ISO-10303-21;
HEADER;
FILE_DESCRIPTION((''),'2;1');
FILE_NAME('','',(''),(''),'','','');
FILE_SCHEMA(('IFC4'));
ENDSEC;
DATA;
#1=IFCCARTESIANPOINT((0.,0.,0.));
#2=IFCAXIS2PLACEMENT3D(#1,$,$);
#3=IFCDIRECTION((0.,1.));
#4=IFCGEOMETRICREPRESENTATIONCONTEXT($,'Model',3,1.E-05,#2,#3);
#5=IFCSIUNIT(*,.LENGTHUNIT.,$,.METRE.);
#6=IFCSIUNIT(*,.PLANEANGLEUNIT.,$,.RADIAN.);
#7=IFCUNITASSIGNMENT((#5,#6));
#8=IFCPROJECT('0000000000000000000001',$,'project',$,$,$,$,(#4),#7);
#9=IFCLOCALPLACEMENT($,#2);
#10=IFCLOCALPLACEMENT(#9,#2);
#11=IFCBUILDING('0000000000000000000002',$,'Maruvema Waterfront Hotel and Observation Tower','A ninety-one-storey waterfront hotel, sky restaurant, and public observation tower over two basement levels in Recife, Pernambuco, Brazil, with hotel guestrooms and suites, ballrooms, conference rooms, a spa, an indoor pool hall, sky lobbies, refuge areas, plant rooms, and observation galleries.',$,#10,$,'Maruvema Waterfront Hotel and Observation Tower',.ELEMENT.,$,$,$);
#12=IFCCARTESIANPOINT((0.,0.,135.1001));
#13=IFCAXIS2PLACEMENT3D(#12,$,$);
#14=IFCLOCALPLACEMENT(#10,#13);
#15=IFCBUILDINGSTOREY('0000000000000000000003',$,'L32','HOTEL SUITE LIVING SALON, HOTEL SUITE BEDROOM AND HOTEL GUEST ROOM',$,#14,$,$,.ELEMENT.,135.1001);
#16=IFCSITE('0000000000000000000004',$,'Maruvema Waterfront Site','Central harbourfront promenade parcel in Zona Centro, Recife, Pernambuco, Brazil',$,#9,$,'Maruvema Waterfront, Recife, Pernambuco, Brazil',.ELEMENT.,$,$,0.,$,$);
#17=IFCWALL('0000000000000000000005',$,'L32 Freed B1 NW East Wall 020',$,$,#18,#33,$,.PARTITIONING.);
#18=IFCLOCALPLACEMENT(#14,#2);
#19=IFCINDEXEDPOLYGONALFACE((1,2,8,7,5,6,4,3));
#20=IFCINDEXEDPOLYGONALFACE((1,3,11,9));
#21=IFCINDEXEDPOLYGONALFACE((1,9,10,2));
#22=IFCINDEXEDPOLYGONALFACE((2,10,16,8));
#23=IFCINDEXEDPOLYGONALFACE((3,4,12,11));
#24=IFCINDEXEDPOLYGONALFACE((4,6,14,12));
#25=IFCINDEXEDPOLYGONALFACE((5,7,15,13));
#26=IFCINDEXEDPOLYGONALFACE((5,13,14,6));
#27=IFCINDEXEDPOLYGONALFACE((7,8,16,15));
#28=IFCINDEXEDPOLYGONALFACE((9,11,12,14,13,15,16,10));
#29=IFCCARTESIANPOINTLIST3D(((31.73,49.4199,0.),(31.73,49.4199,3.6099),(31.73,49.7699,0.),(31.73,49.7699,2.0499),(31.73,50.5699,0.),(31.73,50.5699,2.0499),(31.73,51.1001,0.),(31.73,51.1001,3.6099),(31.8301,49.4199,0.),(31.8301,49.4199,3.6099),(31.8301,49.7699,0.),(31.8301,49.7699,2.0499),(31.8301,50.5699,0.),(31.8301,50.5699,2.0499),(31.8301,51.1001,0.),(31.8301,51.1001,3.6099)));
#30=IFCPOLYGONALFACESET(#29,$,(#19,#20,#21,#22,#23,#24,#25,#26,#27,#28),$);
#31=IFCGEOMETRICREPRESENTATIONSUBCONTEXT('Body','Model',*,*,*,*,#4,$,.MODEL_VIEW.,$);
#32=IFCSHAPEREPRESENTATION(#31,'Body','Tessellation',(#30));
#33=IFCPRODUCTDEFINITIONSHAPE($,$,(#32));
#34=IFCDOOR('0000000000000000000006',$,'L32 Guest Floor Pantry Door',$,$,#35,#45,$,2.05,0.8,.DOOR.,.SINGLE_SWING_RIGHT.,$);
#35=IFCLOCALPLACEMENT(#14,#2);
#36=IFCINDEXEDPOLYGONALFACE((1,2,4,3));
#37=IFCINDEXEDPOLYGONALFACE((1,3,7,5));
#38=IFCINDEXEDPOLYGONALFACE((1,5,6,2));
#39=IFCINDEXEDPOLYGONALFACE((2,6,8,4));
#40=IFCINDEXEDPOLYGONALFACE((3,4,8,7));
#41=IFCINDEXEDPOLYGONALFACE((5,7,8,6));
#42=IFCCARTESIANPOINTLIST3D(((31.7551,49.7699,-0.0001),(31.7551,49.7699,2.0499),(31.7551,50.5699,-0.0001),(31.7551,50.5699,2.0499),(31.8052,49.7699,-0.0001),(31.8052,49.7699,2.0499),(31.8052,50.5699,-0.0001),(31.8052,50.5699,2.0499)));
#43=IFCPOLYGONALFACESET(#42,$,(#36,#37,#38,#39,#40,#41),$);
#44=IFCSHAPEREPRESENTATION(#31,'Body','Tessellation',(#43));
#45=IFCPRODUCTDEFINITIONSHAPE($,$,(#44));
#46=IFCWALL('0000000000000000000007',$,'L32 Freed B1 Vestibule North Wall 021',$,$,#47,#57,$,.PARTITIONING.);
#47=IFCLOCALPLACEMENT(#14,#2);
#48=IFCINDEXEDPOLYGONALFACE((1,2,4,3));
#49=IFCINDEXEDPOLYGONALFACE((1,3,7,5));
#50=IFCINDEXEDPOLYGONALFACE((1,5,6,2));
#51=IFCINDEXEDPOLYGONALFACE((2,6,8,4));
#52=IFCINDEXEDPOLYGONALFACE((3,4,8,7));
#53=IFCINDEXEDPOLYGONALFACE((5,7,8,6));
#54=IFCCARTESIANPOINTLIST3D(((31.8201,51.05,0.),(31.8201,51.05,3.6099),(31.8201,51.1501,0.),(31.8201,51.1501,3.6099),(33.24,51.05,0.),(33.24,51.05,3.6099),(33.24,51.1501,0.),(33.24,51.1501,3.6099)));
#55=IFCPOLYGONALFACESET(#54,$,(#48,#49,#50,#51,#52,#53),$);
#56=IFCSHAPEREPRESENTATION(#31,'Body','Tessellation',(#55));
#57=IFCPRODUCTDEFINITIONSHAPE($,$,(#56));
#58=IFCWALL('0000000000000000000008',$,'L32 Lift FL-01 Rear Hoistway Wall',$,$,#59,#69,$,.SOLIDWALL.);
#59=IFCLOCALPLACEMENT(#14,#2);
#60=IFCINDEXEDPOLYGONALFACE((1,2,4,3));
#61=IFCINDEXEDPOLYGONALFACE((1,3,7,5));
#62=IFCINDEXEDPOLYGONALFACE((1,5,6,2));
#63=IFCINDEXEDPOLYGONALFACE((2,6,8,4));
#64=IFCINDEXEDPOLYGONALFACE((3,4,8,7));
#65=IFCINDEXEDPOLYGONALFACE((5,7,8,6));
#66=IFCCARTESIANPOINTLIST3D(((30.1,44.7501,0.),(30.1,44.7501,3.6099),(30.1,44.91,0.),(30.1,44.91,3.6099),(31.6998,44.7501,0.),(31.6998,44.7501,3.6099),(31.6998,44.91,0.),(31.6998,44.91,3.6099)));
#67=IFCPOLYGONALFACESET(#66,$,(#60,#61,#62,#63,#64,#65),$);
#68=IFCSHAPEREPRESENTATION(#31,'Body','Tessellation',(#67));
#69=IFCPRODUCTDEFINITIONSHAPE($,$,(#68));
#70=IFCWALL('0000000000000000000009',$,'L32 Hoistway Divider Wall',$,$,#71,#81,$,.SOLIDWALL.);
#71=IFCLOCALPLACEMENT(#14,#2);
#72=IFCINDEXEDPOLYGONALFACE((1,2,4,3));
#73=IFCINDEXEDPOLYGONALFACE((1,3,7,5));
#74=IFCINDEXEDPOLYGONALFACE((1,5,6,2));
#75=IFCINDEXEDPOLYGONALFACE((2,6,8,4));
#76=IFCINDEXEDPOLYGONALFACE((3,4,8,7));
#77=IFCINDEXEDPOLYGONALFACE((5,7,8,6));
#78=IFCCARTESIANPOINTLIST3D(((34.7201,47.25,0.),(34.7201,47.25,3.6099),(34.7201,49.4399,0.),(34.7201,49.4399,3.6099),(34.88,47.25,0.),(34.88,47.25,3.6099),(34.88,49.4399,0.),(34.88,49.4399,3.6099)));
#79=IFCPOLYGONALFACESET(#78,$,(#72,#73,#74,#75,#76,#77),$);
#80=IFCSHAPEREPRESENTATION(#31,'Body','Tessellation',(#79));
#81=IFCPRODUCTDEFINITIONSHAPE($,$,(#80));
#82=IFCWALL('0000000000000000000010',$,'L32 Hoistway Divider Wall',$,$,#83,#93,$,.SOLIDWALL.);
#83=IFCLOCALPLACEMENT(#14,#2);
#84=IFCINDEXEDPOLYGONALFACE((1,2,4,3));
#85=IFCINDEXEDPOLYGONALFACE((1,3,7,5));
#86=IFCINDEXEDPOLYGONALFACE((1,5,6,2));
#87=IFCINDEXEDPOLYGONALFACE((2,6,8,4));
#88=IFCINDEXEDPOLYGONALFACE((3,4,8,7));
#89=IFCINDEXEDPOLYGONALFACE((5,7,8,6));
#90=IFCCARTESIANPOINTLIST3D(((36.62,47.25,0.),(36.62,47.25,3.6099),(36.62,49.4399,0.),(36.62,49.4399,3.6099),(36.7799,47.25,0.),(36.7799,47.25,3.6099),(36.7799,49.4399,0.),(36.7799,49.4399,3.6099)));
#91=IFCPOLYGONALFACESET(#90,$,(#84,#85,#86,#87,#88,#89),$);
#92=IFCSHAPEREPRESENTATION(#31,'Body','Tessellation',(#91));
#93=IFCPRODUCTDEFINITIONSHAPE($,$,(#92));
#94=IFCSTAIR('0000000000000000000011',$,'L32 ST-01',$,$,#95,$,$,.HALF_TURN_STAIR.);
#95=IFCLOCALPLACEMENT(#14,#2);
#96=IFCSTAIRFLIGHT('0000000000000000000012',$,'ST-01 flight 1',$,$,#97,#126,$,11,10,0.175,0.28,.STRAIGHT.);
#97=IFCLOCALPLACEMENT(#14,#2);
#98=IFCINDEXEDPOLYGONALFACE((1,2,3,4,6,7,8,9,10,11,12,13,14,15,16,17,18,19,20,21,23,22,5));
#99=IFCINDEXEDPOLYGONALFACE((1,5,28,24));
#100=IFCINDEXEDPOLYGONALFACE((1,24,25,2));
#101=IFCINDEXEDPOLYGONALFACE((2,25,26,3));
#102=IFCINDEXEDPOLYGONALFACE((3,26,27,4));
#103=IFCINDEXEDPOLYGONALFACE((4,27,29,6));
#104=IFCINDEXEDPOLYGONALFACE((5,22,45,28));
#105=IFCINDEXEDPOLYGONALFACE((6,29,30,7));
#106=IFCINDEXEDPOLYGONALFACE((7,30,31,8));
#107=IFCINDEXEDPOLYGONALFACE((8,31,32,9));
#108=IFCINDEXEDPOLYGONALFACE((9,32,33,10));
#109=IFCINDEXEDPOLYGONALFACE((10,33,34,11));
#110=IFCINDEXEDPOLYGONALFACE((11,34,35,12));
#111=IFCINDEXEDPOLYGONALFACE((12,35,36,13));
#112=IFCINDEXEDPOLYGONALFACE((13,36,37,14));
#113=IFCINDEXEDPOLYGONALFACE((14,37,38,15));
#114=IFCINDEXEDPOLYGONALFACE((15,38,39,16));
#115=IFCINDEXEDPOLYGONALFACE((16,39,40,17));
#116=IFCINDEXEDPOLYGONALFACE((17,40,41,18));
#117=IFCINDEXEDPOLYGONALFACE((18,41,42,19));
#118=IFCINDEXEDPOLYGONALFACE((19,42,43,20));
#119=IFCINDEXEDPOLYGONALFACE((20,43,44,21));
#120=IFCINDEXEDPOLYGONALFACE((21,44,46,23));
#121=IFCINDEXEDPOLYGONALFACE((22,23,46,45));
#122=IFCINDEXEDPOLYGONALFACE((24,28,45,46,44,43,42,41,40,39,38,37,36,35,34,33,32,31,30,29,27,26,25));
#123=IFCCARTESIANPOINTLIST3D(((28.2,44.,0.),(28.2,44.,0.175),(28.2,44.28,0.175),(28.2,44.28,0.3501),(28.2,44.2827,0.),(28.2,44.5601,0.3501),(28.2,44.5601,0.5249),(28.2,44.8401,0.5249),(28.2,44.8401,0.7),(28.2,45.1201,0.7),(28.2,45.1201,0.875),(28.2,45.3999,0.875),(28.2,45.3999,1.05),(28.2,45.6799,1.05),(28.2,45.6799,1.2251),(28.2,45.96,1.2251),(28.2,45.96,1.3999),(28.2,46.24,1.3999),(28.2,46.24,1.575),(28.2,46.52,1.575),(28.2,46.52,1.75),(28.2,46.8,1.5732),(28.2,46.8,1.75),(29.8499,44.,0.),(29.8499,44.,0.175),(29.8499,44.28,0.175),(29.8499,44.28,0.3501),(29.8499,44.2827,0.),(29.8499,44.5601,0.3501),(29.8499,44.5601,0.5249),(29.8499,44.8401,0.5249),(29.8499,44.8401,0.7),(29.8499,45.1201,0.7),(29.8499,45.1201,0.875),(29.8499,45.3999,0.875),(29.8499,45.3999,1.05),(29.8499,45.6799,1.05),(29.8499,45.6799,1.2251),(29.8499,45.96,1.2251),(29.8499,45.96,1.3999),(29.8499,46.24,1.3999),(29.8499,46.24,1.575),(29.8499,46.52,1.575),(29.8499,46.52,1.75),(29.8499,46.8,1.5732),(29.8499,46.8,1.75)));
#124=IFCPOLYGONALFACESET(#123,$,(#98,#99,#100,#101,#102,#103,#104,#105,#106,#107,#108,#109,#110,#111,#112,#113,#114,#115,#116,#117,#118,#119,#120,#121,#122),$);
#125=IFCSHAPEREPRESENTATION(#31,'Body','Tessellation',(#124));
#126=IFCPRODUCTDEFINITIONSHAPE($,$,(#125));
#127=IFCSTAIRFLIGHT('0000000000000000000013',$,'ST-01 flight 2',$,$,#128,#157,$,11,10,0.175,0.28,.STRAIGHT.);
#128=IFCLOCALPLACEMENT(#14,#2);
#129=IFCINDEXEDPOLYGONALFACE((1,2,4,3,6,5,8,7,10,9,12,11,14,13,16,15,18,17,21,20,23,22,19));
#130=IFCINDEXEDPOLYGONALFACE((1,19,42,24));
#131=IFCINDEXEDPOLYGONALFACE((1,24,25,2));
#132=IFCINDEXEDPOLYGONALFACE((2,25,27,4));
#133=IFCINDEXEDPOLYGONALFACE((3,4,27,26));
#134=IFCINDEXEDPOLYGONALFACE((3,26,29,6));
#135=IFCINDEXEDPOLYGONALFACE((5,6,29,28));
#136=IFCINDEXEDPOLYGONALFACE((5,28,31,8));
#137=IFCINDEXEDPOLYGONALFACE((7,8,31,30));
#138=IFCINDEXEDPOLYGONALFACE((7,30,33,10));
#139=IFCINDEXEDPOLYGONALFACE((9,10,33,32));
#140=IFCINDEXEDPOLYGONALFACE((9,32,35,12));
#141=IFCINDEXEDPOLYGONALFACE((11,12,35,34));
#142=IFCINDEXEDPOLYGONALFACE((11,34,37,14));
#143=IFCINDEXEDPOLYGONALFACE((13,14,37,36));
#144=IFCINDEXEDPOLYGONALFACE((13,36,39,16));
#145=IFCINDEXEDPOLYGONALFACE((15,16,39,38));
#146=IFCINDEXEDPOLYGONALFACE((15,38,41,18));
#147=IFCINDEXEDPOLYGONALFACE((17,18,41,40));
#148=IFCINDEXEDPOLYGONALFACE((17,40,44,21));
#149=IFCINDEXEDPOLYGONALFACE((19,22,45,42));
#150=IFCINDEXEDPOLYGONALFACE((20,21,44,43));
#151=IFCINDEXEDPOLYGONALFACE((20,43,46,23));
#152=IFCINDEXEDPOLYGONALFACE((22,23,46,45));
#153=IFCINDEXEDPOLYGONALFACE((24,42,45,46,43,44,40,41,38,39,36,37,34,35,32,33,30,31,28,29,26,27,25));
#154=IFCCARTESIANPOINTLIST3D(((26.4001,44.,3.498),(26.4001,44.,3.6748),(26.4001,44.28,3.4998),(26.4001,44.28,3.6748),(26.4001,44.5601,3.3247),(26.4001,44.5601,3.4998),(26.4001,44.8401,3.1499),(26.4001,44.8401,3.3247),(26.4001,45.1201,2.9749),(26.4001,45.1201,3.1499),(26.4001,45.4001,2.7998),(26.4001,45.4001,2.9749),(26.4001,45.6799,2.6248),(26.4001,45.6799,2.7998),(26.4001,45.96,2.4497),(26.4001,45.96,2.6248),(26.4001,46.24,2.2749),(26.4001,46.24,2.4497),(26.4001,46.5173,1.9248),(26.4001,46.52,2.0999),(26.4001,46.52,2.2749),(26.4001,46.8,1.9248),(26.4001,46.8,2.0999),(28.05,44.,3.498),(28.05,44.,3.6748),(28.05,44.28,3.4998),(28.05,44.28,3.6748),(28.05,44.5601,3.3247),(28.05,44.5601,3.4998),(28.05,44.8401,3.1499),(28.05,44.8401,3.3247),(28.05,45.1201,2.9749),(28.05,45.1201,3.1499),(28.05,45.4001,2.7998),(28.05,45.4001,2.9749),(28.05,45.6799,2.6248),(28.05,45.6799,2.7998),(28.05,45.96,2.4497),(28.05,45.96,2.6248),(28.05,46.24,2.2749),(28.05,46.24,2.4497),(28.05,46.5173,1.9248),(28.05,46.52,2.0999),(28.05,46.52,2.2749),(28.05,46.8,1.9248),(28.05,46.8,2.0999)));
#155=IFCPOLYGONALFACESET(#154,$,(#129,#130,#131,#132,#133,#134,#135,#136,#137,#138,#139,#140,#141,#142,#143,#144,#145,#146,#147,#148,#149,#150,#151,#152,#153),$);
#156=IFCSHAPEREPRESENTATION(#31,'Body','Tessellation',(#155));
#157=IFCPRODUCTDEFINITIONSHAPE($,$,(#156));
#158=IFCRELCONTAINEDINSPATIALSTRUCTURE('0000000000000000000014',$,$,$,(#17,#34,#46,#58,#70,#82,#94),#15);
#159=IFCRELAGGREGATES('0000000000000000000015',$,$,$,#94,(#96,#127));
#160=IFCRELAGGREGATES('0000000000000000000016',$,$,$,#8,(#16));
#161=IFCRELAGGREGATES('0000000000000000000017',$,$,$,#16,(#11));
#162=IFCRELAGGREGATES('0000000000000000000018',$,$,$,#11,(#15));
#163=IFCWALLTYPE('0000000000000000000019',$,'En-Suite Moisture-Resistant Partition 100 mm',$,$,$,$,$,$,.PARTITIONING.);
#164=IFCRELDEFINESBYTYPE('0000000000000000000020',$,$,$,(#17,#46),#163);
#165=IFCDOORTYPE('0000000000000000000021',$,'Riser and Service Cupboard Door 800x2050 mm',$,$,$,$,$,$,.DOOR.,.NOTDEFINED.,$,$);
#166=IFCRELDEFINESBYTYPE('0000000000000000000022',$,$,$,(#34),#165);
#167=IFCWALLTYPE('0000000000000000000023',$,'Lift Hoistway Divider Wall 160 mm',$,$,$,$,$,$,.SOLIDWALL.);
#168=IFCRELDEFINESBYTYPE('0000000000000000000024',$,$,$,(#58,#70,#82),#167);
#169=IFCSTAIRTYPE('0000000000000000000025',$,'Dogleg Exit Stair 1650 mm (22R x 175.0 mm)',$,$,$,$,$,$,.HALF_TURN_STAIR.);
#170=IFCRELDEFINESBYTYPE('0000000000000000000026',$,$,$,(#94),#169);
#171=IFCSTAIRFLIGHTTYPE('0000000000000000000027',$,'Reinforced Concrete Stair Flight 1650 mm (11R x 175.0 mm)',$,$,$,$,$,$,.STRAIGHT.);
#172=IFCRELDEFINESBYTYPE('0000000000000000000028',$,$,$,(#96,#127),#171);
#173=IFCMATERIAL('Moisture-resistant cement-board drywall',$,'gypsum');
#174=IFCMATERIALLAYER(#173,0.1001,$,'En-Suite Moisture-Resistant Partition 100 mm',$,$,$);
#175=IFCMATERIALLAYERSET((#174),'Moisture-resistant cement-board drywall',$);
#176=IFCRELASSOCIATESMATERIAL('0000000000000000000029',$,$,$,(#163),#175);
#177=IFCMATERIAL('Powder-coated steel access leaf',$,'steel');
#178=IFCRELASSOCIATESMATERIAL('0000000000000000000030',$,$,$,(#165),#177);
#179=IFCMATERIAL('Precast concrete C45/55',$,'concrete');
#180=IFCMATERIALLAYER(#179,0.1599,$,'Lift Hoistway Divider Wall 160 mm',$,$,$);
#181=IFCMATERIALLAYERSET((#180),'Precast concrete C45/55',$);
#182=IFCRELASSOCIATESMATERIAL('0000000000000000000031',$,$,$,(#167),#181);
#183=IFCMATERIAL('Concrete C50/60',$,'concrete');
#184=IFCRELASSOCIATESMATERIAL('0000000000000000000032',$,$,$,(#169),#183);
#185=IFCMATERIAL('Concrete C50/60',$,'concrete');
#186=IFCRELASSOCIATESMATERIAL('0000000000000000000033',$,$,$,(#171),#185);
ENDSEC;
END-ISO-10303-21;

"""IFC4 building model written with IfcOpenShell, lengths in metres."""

from ifc_helpers import new_model, si_unit, direction, frame, frame_2d, origin, place, context, subcontext, project, spatial, polyline, rectangle, outline, extrude, material, layer, layer_set, type_object, element, fill, aggregate, save


model = new_model("IFC4")

# Units and contexts
model_context = context("Model", 3, precision=1e-05, world=origin(), true_north=direction((0.0, 1.0)))
body_context = subcontext(model_context, "Body", "Model", "MODEL_VIEW")
ifc_project = project(units=[si_unit("LENGTHUNIT", "METRE"), si_unit("PLANEANGLEUNIT", "RADIAN")], contexts=[model_context])

# Site, building, storey
site_placement = place(None, origin())
site = spatial("IfcSite", under=ifc_project, at=site_placement, Name="Maruvema Waterfront Site", Description="Central harbourfront promenade parcel in Zona Centro, Recife, Pernambuco, Brazil", LongName="Maruvema Waterfront, Recife, Pernambuco, Brazil", CompositionType="ELEMENT", RefElevation=0.0)
building_placement = place(site_placement, origin())
building = spatial("IfcBuilding", under=site, at=building_placement, Name="Maruvema Waterfront Hotel and Observation Tower", Description="A ninety-one-storey waterfront hotel, sky restaurant, and public observation tower over two basement levels in Recife, Pernambuco, Brazil, with hotel guestrooms and suites, ballrooms, conference rooms, a spa, an indoor pool hall, sky lobbies, refuge areas, plant rooms, and observation galleries.", LongName="Maruvema Waterfront Hotel and Observation Tower", CompositionType="ELEMENT")
storey_placement = place(building_placement, frame((0.0, 0.0, 135.1001)))
storey = spatial("IfcBuildingStorey", under=building, at=storey_placement, Name="L32", Description="HOTEL SUITE LIVING SALON, HOTEL SUITE BEDROOM AND HOTEL GUEST ROOM", CompositionType="ELEMENT", Elevation=135.1001)

# Shared definitions
ifc_material_1 = material(Name="Moisture-resistant cement-board drywall", Category="gypsum")
ifc_layer_1 = layer(ifc_material_1, 0.1001, Name="En-Suite Moisture-Resistant Partition 100 mm")
ifc_layer_set_1 = layer_set([ifc_layer_1], Name="Moisture-resistant cement-board drywall")
wall_type_1 = type_object("IfcWallType", Name="En-Suite Moisture-Resistant Partition 100 mm", PredefinedType="PARTITIONING", material=ifc_layer_set_1)

# Shared definitions
ifc_material_2 = material(Name="Powder-coated steel access leaf", Category="steel")
door_type_1 = type_object("IfcDoorType", Name="Riser and Service Cupboard Door 800x2050 mm", OperationType="NOTDEFINED", PredefinedType="DOOR", material=ifc_material_2)

# Wall, opening, door
wall_1_placement = place(storey_placement, frame((31.78, 49.4199, 0.0), z_axis=(0.0, 0.0, 1.0), x_axis=(0.0, 1.0, 0.0)))
wall_1 = element("IfcWall", 1, at=wall_1_placement, inside=storey, type_object=wall_type_1, Name="L32 Freed B1 NW East Wall 020", PredefinedType="PARTITIONING", context=body_context, shape_type="SweptSolid", body=[
    extrude(rectangle(XDim=1.6802, YDim=0.1001, at=frame_2d((0.8401, 0.0))), origin(), (0.0, 0.0, 1.0), 3.6099),
])
opening_1_placement = place(wall_1_placement, frame((0.3501, 0.0, 0.0)))
opening_1 = element("IfcOpeningElement", 2, at=opening_1_placement, cuts=wall_1, PredefinedType="OPENING", context=body_context, shape_type="SweptSolid", body=[
    extrude(rectangle(XDim=0.8, YDim=2.05, at=frame_2d((0.3999, 1.0249))), frame((0.0, 0.0601, 0.0), z_axis=(0.0, -1.0, 0.0), x_axis=(1.0, 0.0, 0.0)), (0.0, 0.0, 1.0), 0.1201),
])
door_1_placement = place(opening_1_placement, origin())
door_1 = element("IfcDoor", 3, at=door_1_placement, inside=storey, type_object=door_type_1, Name="L32 Guest Floor Pantry Door", OperationType="SINGLE_SWING_RIGHT", OverallHeight=2.05, OverallWidth=0.8, PredefinedType="DOOR", context=body_context, shape_type="SweptSolid", body=[
    extrude(rectangle(XDim=0.8, YDim=2.05, at=frame_2d((0.3999, 1.0249))), frame((0.0, 0.0249, 0.0), z_axis=(0.0, -1.0, 0.0), x_axis=(1.0, 0.0, 0.0)), (0.0, 0.0, 1.0), 0.05),
])
fill(opening_1, door_1)

# Walls
wall_2_placement = place(storey_placement, frame((31.8201, 51.1001, 0.0), z_axis=(0.0, 0.0, 1.0), x_axis=(1.0, 0.0, 0.0)))
element("IfcWall", 4, at=wall_2_placement, inside=storey, type_object=wall_type_1, Name="L32 Freed B1 Vestibule North Wall 021", PredefinedType="PARTITIONING", context=body_context, shape_type="SweptSolid", body=[
    extrude(rectangle(XDim=1.4199, YDim=0.1001, at=frame_2d((0.71, 0.0))), origin(), (0.0, 0.0, 1.0), 3.6099),
])
ifc_material_3 = material(Name="Precast concrete C45/55", Category="concrete")
ifc_layer_2 = layer(ifc_material_3, 0.1599, Name="Lift Hoistway Divider Wall 160 mm")
ifc_layer_set_2 = layer_set([ifc_layer_2], Name="Precast concrete C45/55")
wall_type_2 = type_object("IfcWallType", Name="Lift Hoistway Divider Wall 160 mm", PredefinedType="SOLIDWALL", material=ifc_layer_set_2)
wall_3_placement = place(storey_placement, frame((30.1001, 44.8301, 0.0), z_axis=(0.0, 0.0, 1.0), x_axis=(1.0, 0.0, 0.0)))
element("IfcWall", 5, at=wall_3_placement, inside=storey, type_object=wall_type_2, Name="L32 Lift FL-01 Rear Hoistway Wall", PredefinedType="SOLIDWALL", context=body_context, shape_type="SweptSolid", body=[
    extrude(rectangle(XDim=1.5999, YDim=0.1599, at=frame_2d((0.7998, 0.0))), origin(), (0.0, 0.0, 1.0), 3.6099),
])
for number, where, z_axis, x_axis, name in (
    (6, (34.8, 47.25, 0.0), (0.0, 0.0, 1.0), (0.0, 1.0, 0.0), "L32 Hoistway Divider Wall"),
    (7, (36.7, 47.25, 0.0), (0.0, 0.0, 1.0), (0.0, 1.0, 0.0), "L32 Hoistway Divider Wall"),
):
    element("IfcWall", number, at=place(storey_placement, frame(where, z_axis=z_axis, x_axis=x_axis)), inside=storey, type_object=wall_type_2, Name=name, PredefinedType="SOLIDWALL", context=body_context, shape_type="SweptSolid", body=[
        extrude(rectangle(XDim=2.1899, YDim=0.1599, at=frame_2d((1.095, 0.0))), origin(), (0.0, 0.0, 1.0), 3.6099),
    ])

# Stair, stair flights
ifc_material_4 = material(Name="Concrete C50/60", Category="concrete")
stair_type = type_object("IfcStairType", Name="Dogleg Exit Stair 1650 mm (22R x 175.0 mm)", PredefinedType="HALF_TURN_STAIR", material=ifc_material_4)
stair_1_placement = place(storey_placement, origin())
stair_1 = element("IfcStair", 8, at=stair_1_placement, inside=storey, type_object=stair_type, Name="L32 ST-01", PredefinedType="HALF_TURN_STAIR")
ifc_material_5 = material(Name="Concrete C50/60", Category="concrete")
stair_flight_type = type_object("IfcStairFlightType", Name="Reinforced Concrete Stair Flight 1650 mm (11R x 175.0 mm)", PredefinedType="STRAIGHT", material=ifc_material_5)
stair_flight_1_placement = place(storey_placement, frame((29.0249, 44.0, 0.0), z_axis=(0.0, 0.0, 1.0), x_axis=(0.0, 1.0, 0.0)))
stair_flight_1 = element("IfcStairFlight", 9, at=stair_flight_1_placement, type_object=stair_flight_type, Name="ST-01 flight 1", NumberOfRisers=11, NumberOfTreads=10, PredefinedType="STRAIGHT", RiserHeight=0.175, TreadLength=0.28, context=body_context, shape_type="SweptSolid", body=[
    extrude(outline(polyline([(0.0, 0.0), (0.0, 0.175), (0.28, 0.175), (0.28, 0.3501), (0.5601, 0.3501), (0.5601, 0.5249), (0.8401, 0.5249), (0.8401, 0.7), (1.1201, 0.7), (1.1201, 0.875), (1.3999, 0.875), (1.3999, 1.05), (1.6799, 1.05), (1.6799, 1.2251), (1.96, 1.2251), (1.96, 1.3999), (2.24, 1.3999), (2.24, 1.575), (2.52, 1.575), (2.52, 1.75), (2.8, 1.75), (2.8, 1.925), (2.8, 1.5732), (0.2827, 0.0), (0.0, 0.0)])), frame((0.0, 0.825, 0.0), z_axis=(0.0, -1.0, 0.0), x_axis=(1.0, 0.0, 0.0)), (0.0, 0.0, 1.0), 1.6499),
])
stair_flight_2_placement = place(storey_placement, frame((27.2251, 46.8, 1.9248), z_axis=(0.0, 0.0, 1.0), x_axis=(0.0, -1.0, 0.0)))
stair_flight_2 = element("IfcStairFlight", 10, at=stair_flight_2_placement, type_object=stair_flight_type, Name="ST-01 flight 2", NumberOfRisers=11, NumberOfTreads=10, PredefinedType="STRAIGHT", RiserHeight=0.175, TreadLength=0.28, context=body_context, shape_type="SweptSolid", body=[
    extrude(outline(polyline([(0.0, 0.0), (0.0, 0.175), (0.28, 0.175), (0.28, 0.3501), (0.5601, 0.3501), (0.5601, 0.5249), (0.8401, 0.5249), (0.8401, 0.7), (1.1201, 0.7), (1.1201, 0.875), (1.3999, 0.875), (1.3999, 1.05), (1.6799, 1.05), (1.6799, 1.2251), (1.96, 1.2251), (1.96, 1.3999), (2.24, 1.3999), (2.24, 1.575), (2.52, 1.575), (2.52, 1.75), (2.8, 1.75), (2.8, 1.925), (2.8, 1.5732), (0.2827, 0.0), (0.0, 0.0)])), frame((0.0, 0.825, 0.0), z_axis=(0.0, -1.0, 0.0), x_axis=(1.0, 0.0, 0.0)), (0.0, 0.0, 1.0), 1.6499),
])
aggregate(stair_1, [stair_flight_1, stair_flight_2])

save(model, "model.ifc")
